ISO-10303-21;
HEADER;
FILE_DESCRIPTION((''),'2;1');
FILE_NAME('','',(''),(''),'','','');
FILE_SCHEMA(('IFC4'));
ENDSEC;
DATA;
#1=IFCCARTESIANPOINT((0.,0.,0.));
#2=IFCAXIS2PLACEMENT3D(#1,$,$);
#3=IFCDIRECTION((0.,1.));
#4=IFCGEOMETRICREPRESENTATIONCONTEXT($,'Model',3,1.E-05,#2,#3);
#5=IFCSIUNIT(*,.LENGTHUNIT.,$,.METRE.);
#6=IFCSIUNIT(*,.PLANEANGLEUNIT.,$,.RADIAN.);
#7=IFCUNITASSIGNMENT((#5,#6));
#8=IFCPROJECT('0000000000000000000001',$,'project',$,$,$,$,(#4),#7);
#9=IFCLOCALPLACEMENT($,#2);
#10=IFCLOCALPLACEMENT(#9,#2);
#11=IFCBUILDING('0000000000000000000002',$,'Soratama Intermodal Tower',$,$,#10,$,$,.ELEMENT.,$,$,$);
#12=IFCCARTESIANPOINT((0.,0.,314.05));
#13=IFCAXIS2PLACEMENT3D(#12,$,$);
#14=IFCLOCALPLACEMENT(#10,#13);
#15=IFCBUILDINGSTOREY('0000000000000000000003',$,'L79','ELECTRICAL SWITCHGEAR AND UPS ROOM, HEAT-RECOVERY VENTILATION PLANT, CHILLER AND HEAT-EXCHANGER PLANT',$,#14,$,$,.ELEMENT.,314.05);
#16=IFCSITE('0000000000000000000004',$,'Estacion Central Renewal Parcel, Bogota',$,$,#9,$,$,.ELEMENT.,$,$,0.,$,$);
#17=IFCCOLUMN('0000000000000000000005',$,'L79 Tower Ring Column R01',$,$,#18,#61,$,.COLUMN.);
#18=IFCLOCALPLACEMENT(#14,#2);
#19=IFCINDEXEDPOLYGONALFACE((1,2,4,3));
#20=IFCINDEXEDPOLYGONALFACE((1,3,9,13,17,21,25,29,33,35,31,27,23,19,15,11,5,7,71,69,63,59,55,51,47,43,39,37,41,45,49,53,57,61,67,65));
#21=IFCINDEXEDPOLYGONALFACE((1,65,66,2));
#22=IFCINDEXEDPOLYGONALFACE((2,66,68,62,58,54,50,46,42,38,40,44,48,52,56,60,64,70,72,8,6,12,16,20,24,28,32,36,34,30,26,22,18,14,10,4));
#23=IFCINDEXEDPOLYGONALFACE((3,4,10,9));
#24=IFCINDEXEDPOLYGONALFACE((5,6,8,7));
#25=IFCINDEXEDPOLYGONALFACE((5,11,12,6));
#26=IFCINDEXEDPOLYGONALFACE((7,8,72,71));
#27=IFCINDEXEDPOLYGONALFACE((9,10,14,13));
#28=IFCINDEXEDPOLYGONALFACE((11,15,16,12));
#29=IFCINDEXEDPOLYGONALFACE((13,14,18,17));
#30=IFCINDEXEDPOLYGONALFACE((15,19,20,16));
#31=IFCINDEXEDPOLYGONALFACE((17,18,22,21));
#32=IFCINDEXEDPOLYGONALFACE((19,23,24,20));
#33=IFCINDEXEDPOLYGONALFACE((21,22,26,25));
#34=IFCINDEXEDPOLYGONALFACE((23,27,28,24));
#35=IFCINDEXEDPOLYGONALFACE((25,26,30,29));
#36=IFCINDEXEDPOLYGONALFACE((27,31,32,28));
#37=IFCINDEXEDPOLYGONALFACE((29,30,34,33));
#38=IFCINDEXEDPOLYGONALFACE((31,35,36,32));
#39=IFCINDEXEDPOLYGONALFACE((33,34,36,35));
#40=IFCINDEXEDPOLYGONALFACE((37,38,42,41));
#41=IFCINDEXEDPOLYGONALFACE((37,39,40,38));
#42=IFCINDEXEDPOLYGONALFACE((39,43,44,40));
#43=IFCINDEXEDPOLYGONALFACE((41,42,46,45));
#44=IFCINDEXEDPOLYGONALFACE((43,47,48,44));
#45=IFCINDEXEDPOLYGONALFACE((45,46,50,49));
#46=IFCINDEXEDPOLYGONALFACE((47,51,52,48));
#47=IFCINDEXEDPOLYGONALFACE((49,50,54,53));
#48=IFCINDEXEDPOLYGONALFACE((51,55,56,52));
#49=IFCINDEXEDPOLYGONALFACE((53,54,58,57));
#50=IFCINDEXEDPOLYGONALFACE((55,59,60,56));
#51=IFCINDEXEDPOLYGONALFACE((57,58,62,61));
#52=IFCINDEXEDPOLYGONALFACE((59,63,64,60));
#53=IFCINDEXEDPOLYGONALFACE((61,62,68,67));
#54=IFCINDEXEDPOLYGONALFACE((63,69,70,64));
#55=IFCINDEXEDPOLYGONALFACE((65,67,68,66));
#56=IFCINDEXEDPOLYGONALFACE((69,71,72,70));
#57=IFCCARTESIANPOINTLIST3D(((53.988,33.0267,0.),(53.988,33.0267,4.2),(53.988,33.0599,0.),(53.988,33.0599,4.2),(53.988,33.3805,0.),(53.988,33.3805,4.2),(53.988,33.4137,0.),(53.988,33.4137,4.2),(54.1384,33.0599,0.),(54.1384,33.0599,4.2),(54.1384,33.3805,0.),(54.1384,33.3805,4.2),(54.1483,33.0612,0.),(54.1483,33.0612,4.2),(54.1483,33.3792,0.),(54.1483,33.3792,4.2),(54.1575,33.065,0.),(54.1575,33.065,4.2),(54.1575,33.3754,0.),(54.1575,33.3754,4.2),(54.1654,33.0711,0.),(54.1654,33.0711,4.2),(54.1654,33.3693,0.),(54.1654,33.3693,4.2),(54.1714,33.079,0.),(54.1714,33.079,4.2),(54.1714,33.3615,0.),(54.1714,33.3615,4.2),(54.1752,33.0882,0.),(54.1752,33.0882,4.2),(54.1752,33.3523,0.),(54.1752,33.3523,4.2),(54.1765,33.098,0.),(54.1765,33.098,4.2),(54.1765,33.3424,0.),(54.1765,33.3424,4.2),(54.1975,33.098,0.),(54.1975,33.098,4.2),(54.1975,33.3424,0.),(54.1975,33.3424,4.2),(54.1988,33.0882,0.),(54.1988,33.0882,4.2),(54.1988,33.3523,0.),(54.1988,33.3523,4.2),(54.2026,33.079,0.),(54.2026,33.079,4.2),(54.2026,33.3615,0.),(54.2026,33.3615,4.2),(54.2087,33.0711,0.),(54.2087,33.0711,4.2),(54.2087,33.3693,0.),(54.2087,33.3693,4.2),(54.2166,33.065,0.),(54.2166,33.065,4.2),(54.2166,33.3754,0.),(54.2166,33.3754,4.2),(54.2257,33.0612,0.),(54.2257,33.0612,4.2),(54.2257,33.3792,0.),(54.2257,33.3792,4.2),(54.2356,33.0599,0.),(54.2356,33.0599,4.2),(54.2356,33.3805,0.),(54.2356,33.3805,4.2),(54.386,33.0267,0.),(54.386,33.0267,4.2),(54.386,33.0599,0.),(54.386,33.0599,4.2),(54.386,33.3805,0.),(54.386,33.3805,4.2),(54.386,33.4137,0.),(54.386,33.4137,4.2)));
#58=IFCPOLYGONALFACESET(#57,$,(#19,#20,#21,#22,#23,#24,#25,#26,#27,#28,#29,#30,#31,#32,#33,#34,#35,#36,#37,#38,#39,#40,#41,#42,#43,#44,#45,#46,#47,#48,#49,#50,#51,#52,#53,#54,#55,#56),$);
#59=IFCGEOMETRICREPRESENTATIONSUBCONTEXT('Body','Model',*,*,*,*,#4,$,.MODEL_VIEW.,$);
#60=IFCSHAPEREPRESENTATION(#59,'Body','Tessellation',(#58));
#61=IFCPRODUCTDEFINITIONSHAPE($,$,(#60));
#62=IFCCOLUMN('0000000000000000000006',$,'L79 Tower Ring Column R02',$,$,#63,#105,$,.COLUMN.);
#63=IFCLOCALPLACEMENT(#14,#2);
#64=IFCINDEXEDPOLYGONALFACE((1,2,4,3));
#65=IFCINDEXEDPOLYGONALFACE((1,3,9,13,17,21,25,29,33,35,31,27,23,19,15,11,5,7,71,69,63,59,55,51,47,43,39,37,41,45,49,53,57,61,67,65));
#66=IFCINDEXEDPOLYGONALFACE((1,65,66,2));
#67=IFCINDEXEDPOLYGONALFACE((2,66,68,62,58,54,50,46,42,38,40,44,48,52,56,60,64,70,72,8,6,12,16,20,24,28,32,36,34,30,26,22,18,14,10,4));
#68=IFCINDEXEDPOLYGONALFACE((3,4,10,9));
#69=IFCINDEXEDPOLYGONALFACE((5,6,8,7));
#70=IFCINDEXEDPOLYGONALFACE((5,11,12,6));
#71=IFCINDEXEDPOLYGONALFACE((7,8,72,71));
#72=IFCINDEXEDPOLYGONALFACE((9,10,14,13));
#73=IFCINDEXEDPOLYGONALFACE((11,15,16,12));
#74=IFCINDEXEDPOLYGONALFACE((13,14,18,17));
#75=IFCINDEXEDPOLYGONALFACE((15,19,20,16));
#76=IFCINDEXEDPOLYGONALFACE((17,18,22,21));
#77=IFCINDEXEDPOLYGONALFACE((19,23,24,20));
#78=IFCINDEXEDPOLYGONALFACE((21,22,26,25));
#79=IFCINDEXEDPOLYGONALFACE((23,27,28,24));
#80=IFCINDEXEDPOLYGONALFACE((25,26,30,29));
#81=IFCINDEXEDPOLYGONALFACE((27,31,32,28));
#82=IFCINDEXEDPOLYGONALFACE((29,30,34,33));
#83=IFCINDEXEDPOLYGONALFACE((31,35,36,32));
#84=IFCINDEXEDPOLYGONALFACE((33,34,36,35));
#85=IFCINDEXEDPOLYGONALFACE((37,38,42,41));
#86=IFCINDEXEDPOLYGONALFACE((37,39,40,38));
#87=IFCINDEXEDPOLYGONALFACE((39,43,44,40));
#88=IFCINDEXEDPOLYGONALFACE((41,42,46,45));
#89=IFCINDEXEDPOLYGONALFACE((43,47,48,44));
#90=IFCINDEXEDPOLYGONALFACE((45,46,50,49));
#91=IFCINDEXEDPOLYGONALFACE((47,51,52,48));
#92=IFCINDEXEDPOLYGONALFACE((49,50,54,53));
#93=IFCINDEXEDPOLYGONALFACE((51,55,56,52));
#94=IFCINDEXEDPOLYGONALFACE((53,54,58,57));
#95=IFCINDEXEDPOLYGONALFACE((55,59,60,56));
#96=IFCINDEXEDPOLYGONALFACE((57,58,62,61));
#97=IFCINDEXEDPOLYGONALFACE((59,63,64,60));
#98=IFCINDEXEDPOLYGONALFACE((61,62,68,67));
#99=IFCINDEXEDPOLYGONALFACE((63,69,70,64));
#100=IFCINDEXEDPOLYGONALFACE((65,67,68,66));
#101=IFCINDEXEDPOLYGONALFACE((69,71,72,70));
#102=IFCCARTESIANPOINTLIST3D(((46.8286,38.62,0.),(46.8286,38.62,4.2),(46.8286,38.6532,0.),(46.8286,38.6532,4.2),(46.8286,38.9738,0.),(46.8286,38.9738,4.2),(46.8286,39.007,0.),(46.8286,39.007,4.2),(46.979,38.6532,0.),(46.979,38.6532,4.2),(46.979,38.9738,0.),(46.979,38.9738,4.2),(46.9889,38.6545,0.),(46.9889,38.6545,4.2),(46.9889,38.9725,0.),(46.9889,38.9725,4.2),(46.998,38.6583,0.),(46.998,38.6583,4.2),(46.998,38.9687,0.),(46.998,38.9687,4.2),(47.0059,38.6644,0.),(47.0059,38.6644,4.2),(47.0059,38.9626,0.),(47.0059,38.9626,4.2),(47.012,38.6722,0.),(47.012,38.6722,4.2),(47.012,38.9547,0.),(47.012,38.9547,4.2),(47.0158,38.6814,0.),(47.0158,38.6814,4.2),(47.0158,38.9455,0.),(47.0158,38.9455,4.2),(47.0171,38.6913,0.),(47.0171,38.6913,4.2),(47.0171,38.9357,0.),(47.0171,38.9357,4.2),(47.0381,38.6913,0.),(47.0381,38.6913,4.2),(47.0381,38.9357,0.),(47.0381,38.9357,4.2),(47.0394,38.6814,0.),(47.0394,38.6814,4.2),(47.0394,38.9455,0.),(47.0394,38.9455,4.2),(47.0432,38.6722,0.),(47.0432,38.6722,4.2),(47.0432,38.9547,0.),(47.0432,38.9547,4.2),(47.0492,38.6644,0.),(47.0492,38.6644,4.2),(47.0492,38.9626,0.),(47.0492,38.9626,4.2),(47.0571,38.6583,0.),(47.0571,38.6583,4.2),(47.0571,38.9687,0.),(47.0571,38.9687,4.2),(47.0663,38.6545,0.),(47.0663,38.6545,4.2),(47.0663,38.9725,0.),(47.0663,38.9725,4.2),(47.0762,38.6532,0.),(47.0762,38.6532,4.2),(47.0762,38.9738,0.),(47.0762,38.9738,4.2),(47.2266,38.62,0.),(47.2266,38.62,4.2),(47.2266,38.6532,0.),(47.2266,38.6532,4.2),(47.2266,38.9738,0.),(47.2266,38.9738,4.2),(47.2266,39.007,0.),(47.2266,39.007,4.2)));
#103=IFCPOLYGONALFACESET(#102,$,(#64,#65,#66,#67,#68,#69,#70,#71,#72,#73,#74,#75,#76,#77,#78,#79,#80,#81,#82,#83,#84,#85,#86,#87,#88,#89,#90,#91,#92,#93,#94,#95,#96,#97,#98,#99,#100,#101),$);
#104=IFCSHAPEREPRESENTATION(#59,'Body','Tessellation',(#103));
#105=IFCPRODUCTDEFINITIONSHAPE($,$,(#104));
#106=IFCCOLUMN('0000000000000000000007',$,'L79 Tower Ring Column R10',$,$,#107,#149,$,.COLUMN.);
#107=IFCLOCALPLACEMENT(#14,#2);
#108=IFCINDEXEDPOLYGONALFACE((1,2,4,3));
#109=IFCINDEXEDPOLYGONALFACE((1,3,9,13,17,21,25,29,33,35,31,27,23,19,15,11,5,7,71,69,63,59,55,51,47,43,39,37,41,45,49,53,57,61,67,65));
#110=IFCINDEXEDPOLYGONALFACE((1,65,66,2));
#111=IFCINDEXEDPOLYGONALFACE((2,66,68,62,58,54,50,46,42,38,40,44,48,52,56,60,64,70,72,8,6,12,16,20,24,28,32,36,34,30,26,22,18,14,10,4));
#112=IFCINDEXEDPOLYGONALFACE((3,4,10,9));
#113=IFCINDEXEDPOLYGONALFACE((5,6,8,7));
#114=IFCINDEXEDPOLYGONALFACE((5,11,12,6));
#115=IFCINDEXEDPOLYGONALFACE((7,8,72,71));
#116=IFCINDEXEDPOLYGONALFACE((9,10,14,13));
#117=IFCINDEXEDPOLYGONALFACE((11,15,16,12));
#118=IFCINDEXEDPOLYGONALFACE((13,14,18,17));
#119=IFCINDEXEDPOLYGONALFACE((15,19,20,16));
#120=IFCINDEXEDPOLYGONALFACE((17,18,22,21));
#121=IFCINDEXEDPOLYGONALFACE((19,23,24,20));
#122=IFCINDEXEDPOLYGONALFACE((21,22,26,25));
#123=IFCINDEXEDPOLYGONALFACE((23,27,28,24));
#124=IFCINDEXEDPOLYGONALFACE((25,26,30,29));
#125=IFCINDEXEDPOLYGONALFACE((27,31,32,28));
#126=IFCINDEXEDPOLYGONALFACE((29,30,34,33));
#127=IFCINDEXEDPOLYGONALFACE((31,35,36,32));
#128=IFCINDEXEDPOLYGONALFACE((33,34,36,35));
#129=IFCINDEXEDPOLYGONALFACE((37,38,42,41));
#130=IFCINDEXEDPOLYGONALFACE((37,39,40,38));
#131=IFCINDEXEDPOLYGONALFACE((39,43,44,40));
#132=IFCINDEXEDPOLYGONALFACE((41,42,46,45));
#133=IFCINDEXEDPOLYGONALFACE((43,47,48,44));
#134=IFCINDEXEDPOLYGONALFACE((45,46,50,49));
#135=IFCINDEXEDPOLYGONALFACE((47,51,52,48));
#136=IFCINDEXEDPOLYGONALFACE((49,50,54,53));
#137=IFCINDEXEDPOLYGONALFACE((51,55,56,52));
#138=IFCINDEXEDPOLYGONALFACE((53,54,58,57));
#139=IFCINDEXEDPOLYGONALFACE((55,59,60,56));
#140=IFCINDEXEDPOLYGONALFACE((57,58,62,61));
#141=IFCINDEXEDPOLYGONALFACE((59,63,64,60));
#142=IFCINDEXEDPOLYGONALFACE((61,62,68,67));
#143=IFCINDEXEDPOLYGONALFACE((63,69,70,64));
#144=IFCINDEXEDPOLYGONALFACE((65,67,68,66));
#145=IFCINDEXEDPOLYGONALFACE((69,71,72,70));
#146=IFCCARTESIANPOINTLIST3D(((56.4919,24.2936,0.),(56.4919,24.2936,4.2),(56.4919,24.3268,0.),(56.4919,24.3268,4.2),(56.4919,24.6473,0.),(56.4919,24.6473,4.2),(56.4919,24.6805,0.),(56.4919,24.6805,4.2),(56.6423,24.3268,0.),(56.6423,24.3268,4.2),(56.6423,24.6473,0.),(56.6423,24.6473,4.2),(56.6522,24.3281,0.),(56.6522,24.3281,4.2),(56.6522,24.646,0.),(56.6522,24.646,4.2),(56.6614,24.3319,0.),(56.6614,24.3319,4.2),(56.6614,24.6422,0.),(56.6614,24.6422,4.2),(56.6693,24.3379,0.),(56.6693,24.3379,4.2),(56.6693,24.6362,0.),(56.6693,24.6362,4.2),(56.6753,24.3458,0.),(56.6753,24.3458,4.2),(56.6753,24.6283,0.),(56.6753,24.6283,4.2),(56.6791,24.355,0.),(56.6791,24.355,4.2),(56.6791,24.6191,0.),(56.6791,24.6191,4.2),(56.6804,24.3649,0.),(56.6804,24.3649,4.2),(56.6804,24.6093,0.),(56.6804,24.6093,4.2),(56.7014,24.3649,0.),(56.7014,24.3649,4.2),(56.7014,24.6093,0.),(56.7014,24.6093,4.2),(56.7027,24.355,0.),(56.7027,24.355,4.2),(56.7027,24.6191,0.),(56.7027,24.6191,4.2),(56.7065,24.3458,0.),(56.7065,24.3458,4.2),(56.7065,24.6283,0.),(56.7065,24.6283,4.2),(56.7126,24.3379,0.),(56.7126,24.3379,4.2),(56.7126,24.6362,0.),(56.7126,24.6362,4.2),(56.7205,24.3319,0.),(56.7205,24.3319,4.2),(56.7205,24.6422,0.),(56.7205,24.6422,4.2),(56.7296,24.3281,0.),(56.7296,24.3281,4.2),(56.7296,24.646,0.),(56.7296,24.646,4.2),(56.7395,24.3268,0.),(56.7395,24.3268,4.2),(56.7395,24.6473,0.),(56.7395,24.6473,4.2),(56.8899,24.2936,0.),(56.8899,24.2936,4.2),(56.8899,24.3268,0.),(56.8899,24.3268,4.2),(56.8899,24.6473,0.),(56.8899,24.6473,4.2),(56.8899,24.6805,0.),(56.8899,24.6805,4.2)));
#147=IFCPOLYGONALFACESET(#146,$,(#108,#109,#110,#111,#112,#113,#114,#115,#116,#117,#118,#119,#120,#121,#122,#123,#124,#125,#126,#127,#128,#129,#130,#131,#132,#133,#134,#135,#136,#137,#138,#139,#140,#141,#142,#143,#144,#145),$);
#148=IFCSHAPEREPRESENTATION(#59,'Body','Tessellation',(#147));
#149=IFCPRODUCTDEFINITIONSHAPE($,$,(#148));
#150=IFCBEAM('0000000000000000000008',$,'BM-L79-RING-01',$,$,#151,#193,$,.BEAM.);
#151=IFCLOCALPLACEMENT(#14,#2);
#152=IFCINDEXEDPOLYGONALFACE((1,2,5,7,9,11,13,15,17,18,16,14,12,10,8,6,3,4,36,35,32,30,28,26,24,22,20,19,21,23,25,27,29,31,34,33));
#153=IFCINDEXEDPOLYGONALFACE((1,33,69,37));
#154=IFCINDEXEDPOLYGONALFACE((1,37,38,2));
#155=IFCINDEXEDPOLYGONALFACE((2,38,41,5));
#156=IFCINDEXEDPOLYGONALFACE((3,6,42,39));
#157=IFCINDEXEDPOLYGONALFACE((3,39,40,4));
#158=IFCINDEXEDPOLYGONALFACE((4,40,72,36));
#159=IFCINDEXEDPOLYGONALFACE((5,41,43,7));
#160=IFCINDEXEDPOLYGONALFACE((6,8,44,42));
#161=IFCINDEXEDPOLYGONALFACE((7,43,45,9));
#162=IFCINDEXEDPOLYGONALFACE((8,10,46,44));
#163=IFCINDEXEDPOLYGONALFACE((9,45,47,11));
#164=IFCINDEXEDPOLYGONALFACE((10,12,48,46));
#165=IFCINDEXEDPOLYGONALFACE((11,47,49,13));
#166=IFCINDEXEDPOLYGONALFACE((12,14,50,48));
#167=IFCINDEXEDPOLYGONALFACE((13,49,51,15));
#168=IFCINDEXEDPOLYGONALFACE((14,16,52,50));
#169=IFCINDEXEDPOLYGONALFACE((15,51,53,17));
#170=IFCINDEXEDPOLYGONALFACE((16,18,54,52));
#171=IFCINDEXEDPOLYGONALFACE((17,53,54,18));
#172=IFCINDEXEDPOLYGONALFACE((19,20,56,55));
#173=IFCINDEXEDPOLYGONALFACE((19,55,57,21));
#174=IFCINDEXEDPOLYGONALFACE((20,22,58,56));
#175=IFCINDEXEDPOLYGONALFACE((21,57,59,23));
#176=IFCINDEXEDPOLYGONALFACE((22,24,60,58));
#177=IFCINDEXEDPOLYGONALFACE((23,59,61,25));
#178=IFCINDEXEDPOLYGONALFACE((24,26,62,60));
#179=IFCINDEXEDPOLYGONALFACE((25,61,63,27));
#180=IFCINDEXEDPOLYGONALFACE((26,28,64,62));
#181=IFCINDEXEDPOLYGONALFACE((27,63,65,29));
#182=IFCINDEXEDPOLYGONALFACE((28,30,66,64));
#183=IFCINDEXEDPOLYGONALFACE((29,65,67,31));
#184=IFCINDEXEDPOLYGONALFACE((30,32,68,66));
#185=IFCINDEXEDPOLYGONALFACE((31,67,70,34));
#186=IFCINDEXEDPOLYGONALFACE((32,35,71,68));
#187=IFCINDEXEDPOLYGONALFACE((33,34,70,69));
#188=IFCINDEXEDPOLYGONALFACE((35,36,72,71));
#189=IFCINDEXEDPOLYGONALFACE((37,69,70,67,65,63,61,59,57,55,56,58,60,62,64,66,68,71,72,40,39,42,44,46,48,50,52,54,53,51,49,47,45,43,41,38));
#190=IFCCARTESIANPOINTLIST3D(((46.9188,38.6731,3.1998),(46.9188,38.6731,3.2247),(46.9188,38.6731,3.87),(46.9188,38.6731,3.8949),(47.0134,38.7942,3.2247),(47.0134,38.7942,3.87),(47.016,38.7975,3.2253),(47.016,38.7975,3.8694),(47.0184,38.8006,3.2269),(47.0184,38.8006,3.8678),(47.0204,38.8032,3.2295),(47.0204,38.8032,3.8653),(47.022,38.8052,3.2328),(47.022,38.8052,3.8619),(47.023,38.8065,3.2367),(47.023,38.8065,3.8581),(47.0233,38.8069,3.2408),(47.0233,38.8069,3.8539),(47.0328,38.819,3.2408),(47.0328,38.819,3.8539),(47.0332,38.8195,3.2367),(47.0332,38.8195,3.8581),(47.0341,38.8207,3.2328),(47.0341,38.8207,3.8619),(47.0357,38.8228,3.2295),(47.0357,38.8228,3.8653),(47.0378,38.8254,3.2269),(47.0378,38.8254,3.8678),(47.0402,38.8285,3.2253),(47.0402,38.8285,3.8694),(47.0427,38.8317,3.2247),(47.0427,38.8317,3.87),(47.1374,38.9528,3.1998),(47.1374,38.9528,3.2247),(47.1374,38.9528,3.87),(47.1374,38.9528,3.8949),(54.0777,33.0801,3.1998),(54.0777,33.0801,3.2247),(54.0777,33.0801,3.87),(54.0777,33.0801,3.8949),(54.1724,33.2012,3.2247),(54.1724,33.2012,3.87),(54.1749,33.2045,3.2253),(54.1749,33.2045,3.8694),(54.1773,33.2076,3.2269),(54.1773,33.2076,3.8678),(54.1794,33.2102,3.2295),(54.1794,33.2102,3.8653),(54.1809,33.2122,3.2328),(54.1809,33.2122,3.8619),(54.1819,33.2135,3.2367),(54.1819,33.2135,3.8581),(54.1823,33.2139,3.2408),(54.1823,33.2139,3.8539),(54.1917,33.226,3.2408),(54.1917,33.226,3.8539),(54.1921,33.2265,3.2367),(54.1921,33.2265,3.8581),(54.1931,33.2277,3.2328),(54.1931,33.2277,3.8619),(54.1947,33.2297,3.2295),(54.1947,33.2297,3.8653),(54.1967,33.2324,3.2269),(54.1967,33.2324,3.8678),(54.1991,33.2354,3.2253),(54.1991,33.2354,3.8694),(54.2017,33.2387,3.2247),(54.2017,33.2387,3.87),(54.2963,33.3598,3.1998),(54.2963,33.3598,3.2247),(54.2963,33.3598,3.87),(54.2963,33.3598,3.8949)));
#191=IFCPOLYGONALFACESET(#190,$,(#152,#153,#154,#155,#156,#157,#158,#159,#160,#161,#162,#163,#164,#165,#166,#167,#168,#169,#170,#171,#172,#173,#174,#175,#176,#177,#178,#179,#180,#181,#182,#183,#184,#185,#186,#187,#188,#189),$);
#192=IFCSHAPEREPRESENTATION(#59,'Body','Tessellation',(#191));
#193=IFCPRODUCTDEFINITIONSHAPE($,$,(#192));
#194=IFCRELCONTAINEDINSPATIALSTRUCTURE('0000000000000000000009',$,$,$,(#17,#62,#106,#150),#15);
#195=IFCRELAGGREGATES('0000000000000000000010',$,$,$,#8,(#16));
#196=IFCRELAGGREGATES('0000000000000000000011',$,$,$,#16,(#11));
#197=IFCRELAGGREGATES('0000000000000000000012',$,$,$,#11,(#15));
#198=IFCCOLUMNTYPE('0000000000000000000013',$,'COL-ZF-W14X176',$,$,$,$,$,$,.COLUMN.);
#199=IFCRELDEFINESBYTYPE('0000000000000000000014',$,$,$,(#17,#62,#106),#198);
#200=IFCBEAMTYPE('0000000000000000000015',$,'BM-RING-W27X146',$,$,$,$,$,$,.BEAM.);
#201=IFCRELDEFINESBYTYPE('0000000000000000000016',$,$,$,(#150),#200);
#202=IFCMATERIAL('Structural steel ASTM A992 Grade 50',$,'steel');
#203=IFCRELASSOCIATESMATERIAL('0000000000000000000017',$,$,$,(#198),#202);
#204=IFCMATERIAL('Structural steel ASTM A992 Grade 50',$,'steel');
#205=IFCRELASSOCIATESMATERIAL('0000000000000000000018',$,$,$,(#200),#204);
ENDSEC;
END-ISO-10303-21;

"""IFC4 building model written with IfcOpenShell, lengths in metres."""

from ifc_helpers import new_model, si_unit, direction, frame, origin, origin_2d, place, context, subcontext, project, spatial, i_section, extrude, material, material_profile, profile_set, type_object, element, save


model = new_model("IFC4")

# Units and contexts
model_context = context("Model", 3, precision=1e-05, world=origin(), true_north=direction((0.0, 1.0)))
body_context = subcontext(model_context, "Body", "Model", "MODEL_VIEW")
ifc_project = project(units=[si_unit("LENGTHUNIT", "METRE"), si_unit("PLANEANGLEUNIT", "RADIAN")], contexts=[model_context])

# Site, building, storey
site_placement = place(None, origin())
site = spatial("IfcSite", under=ifc_project, at=site_placement, Name="Estacion Central Renewal Parcel, Bogota", CompositionType="ELEMENT", RefElevation=0.0)
building_placement = place(site_placement, origin())
building = spatial("IfcBuilding", under=site, at=building_placement, Name="Soratama Intermodal Tower", CompositionType="ELEMENT")
storey_placement = place(building_placement, frame((0.0, 0.0, 314.05)))
storey = spatial("IfcBuildingStorey", under=building, at=storey_placement, Name="L79", Description="ELECTRICAL SWITCHGEAR AND UPS ROOM, HEAT-RECOVERY VENTILATION PLANT, CHILLER AND HEAT-EXCHANGER PLANT", CompositionType="ELEMENT", Elevation=314.05)

# Columns
ifc_material_1 = material(Name="Structural steel ASTM A992 Grade 50", Category="steel")
ifc_material_profile_1 = material_profile(ifc_material_1, i_section(OverallWidth=0.3979, OverallDepth=0.387, WebThickness=0.021, FlangeThickness=0.0332, FilletRadius=0.0381, at=origin_2d()), Name="W14X176")
ifc_profile_set_1 = profile_set([ifc_material_profile_1], Name="Structural steel ASTM A992 Grade 50")
column_type = type_object("IfcColumnType", Name="COL-ZF-W14X176", PredefinedType="COLUMN", material=ifc_profile_set_1)
for number, where, z_axis, x_axis, name in (
    (1, (54.187, 33.2202, 0.0), (0.0, 0.0, 1.0), (1.0, 0.0, 0.0), "L79 Tower Ring Column R01"),
    (2, (47.0276, 38.8135, 0.0), (0.0, 0.0, 1.0), (1.0, 0.0, 0.0), "L79 Tower Ring Column R02"),
    (3, (56.6909, 24.4871, 0.0), (0.0, 0.0, 1.0), (1.0, 0.0, 0.0), "L79 Tower Ring Column R10"),
):
    element("IfcColumn", number, at=place(storey_placement, frame(where, z_axis=z_axis, x_axis=x_axis)), inside=storey, type_object=column_type, Name=name, PredefinedType="COLUMN", context=body_context, shape_type="SweptSolid", body=[
        extrude(i_section(OverallWidth=0.3979, OverallDepth=0.387, WebThickness=0.021, FlangeThickness=0.0332, FilletRadius=0.0381, at=origin_2d()), origin(), (0.0, 0.0, 1.0), 4.2),
    ])

# Beam
ifc_material_2 = material(Name="Structural steel ASTM A992 Grade 50", Category="steel")
ifc_material_profile_2 = material_profile(ifc_material_2, i_section(OverallWidth=0.355, OverallDepth=0.6951, WebThickness=0.0154, FlangeThickness=0.0249, FilletRadius=0.0161, at=origin_2d()), Name="W27X146")
ifc_profile_set_2 = profile_set([ifc_material_profile_2], Name="Structural steel ASTM A992 Grade 50")
beam_type_1 = type_object("IfcBeamType", Name="BM-RING-W27X146", PredefinedType="BEAM", material=ifc_profile_set_2)
beam_1_placement = place(storey_placement, frame((54.187, 33.22, 3.5474), z_axis=(-0.788019, 0.615651, 0.0), x_axis=(-0.615651, -0.788019, 0.0)))
element("IfcBeam", 4, at=beam_1_placement, inside=storey, type_object=beam_type_1, Name="BM-L79-RING-01", PredefinedType="BEAM", context=body_context, shape_type="SweptSolid", body=[
    extrude(i_section(OverallWidth=0.355, OverallDepth=0.6951, WebThickness=0.0154, FlangeThickness=0.0249, FilletRadius=0.0161, at=origin_2d()), origin(), (0.0, 0.0, 1.0), 9.0847),
])

save(model, "model.ifc")
